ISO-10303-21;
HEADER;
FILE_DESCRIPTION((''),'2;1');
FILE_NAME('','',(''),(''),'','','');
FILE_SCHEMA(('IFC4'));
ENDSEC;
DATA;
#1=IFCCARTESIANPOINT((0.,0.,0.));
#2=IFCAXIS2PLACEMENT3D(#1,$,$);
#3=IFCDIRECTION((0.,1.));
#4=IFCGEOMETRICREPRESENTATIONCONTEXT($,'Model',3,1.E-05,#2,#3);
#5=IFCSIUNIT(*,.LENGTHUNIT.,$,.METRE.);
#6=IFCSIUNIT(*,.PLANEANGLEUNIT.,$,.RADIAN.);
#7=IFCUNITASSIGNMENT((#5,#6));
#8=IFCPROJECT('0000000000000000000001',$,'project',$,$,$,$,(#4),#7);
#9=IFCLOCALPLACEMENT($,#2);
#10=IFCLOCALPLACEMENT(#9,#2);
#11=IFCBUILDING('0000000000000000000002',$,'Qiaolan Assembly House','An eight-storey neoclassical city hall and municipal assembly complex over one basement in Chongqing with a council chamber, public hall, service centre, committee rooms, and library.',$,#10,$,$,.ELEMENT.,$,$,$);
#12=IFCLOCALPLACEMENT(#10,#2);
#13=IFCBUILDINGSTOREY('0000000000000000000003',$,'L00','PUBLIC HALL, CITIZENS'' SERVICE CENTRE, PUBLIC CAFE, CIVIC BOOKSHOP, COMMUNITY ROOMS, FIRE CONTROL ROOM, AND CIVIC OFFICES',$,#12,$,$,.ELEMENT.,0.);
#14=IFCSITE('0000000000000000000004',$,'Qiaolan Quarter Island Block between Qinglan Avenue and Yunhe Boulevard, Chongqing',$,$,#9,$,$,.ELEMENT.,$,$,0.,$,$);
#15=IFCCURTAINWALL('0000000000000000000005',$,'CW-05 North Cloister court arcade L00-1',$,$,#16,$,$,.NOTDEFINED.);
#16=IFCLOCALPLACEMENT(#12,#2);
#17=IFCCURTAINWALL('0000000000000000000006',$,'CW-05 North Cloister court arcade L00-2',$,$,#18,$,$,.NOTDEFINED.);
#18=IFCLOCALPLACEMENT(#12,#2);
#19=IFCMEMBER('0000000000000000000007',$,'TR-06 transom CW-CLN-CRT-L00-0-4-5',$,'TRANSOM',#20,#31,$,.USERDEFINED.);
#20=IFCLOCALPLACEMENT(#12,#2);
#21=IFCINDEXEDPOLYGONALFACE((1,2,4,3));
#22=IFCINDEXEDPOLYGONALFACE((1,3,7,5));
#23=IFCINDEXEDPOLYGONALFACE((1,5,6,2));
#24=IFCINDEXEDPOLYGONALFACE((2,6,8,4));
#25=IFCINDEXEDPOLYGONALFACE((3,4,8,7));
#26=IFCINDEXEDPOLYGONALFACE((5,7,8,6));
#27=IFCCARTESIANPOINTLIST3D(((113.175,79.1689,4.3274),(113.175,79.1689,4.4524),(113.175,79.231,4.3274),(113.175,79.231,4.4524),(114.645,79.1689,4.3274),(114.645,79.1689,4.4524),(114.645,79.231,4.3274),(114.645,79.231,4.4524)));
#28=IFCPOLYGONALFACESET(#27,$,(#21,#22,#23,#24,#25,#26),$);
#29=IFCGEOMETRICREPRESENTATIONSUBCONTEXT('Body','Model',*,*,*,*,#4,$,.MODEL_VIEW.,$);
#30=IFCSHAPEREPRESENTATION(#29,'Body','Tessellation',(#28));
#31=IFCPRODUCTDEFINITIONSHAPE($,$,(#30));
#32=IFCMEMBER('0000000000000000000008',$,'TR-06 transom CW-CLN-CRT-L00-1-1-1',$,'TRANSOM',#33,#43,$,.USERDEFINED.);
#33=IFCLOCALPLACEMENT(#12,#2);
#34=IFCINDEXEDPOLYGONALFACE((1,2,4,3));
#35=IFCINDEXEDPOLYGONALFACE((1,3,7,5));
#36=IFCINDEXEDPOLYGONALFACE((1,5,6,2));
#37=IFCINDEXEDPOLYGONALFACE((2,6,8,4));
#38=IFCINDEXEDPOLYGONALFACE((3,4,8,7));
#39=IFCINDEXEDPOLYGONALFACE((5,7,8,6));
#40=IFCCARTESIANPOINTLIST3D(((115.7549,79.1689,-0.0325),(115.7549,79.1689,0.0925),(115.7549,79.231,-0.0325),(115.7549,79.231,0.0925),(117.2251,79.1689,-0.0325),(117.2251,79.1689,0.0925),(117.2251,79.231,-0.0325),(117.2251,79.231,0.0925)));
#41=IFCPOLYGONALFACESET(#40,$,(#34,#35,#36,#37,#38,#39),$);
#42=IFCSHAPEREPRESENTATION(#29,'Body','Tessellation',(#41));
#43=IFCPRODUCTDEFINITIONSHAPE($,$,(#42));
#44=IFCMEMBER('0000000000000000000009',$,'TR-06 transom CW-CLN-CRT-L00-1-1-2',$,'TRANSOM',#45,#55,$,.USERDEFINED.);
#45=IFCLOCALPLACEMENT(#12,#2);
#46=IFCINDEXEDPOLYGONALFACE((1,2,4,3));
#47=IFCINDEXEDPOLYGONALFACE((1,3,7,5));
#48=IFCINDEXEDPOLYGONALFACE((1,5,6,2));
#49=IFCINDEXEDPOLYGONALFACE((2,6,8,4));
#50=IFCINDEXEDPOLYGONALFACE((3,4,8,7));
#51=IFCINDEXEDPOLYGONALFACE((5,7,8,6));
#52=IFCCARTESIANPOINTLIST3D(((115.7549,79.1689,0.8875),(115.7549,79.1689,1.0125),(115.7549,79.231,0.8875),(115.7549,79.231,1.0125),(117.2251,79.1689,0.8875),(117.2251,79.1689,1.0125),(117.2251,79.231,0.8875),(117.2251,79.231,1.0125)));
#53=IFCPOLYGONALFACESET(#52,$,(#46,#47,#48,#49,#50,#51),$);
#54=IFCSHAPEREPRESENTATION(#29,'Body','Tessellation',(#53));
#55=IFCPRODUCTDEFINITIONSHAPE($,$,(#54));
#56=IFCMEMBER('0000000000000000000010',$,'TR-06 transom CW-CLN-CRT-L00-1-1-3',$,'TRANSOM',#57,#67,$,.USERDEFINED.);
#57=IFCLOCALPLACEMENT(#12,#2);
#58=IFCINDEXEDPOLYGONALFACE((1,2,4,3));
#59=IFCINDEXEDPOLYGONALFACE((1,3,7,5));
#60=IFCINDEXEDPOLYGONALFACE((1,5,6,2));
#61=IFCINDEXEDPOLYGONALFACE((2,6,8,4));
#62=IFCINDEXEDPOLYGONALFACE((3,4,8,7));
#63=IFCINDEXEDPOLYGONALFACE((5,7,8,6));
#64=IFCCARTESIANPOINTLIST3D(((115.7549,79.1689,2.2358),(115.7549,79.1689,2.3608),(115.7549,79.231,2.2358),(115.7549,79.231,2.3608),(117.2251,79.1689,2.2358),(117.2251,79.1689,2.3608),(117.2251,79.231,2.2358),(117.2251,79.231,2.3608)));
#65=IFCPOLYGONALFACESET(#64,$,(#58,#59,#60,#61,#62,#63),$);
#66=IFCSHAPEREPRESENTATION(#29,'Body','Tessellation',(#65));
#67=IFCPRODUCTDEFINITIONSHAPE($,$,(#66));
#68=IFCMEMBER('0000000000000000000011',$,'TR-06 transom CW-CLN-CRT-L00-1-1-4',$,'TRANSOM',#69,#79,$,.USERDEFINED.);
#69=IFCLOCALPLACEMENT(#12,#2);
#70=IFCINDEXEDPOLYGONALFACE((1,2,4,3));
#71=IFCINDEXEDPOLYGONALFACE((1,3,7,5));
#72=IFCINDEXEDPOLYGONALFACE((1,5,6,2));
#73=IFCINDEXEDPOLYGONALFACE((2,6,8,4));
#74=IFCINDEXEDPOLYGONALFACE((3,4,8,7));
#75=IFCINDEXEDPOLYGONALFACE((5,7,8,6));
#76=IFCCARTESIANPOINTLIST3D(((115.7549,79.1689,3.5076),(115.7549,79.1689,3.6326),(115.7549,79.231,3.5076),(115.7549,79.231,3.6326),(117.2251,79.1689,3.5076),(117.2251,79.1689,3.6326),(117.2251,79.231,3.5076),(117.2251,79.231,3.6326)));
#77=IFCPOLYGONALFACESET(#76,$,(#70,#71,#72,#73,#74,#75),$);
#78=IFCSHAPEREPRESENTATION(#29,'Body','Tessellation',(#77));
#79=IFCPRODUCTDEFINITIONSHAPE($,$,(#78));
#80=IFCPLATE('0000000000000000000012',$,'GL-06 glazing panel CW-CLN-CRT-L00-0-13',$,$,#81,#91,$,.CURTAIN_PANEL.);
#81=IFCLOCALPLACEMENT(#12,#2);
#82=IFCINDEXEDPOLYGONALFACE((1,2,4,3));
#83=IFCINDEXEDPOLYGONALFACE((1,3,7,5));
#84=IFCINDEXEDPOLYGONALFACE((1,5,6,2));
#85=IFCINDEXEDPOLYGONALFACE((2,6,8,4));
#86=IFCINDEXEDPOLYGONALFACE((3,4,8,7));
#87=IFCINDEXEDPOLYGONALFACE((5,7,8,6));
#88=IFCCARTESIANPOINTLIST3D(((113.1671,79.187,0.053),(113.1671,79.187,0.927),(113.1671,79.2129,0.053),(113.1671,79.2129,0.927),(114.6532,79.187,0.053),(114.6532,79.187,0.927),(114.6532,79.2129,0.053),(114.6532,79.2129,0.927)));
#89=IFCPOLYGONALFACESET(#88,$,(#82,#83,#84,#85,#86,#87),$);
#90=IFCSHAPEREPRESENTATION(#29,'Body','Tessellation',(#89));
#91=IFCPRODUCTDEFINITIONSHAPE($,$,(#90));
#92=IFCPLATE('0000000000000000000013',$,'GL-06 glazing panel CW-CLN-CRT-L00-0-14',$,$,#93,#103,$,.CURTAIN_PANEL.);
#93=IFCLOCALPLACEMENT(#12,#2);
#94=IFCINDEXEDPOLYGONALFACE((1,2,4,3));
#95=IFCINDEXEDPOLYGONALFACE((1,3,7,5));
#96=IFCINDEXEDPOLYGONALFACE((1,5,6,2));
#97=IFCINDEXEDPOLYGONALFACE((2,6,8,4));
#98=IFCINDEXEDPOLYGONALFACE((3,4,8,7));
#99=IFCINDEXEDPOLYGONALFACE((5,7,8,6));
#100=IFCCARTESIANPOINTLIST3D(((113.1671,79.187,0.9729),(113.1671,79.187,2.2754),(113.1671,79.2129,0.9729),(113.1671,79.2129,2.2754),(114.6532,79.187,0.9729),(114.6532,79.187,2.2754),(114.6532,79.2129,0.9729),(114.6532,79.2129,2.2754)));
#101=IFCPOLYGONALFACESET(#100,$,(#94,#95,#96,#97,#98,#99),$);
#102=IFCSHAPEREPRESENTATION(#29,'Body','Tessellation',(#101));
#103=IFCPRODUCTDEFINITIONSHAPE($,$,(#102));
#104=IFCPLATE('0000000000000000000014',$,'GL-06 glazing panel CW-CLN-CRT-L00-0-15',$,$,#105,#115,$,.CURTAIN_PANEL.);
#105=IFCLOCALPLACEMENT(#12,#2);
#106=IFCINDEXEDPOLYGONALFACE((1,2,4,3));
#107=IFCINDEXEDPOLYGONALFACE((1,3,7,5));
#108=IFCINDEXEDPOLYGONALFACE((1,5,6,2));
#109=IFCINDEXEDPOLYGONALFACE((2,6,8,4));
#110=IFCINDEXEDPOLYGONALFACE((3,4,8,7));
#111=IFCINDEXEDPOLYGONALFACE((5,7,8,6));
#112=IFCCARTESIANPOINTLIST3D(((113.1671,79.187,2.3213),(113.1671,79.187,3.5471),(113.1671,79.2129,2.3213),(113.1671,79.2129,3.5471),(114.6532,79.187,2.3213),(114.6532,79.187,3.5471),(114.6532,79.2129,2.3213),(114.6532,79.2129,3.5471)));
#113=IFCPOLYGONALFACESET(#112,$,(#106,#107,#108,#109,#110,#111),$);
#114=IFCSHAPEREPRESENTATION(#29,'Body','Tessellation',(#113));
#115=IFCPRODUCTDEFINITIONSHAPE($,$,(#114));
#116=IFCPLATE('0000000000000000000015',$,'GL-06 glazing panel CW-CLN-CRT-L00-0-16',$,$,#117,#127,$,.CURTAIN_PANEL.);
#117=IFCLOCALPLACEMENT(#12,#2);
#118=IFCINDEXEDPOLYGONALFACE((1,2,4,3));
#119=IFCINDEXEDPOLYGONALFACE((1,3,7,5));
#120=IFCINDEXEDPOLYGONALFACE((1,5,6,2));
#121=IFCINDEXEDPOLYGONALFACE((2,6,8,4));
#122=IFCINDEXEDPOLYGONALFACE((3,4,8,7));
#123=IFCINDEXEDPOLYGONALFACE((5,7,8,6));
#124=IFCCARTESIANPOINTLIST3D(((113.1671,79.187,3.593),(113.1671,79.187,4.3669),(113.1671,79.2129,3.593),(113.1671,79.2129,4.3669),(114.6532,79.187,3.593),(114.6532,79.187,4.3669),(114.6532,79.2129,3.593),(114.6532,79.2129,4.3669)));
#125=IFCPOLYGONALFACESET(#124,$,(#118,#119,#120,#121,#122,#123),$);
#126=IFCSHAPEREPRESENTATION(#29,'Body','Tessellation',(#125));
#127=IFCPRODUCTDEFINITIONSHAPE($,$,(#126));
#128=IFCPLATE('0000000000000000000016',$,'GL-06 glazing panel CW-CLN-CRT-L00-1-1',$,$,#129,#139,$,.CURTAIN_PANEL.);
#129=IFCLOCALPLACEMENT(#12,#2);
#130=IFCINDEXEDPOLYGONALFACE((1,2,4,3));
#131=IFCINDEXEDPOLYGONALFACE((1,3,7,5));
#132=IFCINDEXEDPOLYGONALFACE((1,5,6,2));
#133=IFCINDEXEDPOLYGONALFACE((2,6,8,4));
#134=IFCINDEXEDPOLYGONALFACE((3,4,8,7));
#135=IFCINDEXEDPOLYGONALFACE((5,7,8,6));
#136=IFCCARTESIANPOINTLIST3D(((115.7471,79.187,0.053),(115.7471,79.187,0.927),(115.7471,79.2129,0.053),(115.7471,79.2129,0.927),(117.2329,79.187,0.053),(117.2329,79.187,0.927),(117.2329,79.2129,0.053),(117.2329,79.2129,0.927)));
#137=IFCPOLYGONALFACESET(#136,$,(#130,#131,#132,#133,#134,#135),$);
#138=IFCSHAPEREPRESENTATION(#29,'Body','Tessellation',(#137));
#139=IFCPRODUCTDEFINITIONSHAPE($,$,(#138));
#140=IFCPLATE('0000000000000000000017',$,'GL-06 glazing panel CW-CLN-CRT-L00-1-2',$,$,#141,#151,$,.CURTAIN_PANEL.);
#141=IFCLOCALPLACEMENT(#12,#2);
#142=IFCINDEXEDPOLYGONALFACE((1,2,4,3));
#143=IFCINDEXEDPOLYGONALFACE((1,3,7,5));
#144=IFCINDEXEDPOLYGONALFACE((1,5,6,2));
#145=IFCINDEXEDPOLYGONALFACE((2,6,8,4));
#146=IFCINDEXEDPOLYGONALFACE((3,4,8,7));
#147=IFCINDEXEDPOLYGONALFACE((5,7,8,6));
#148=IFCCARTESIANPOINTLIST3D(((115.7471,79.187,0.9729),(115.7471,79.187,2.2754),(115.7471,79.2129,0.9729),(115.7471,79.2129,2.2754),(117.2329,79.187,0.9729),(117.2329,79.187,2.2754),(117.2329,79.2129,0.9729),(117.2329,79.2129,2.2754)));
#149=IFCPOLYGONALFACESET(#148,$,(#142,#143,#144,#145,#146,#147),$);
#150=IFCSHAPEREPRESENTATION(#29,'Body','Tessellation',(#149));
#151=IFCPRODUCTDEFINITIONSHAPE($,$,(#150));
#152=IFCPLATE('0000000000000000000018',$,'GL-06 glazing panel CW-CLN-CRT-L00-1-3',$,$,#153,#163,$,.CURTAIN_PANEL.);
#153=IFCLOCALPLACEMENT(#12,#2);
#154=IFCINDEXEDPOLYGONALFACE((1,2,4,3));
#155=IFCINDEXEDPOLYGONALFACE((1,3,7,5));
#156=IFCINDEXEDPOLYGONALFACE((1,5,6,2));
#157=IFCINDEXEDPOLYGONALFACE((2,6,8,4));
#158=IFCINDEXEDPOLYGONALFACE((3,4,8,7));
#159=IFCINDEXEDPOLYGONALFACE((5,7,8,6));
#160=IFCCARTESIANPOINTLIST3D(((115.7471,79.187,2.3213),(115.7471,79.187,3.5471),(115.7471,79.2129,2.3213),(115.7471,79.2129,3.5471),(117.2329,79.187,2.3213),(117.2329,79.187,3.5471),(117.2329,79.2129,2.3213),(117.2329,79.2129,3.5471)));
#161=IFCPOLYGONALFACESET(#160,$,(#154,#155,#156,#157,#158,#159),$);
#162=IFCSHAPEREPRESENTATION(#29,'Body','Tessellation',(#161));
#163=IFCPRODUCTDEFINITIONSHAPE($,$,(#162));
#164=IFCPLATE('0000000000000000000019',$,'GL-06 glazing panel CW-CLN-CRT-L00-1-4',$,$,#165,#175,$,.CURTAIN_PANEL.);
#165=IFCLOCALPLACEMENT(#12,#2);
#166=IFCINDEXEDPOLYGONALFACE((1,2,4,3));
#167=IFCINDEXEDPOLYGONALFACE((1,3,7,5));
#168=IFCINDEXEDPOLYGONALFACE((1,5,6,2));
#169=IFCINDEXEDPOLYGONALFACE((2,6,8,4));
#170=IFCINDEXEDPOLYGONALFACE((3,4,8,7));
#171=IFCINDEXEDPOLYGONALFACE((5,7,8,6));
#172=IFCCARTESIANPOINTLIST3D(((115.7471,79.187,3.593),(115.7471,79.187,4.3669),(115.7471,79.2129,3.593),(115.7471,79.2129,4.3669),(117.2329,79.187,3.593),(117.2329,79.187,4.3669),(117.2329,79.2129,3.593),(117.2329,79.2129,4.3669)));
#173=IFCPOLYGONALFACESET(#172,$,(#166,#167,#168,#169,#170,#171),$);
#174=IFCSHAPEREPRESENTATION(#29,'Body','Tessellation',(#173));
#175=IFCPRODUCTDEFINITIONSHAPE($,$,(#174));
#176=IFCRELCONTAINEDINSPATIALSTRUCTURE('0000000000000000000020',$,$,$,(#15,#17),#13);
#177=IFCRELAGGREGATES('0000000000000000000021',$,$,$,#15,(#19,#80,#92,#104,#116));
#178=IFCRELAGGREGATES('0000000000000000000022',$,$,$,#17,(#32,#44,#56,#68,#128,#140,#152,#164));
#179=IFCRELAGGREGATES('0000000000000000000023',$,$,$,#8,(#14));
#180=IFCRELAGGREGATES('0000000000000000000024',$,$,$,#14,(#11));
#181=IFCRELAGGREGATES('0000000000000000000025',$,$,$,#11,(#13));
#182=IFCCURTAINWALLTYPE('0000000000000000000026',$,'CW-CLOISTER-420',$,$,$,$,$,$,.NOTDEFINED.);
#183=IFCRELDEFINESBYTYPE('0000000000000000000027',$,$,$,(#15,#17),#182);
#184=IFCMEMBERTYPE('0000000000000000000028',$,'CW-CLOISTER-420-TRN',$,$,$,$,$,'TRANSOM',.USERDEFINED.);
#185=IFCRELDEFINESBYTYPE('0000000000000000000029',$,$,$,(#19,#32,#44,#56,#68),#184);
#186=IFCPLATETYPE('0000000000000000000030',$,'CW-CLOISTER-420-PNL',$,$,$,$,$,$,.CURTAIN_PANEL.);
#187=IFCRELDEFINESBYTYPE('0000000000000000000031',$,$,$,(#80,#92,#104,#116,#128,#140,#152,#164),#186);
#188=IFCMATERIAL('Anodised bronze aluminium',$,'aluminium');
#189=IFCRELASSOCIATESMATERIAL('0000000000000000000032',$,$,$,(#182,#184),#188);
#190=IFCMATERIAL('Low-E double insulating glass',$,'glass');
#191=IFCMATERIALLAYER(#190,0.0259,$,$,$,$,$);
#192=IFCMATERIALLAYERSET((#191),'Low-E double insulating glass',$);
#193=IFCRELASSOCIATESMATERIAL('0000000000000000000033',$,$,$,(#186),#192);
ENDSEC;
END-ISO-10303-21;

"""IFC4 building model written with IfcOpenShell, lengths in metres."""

from ifc_helpers import new_model, si_unit, direction, frame, frame_2d, origin, origin_2d, place, context, subcontext, project, spatial, rectangle, extrude, material, layer, layer_set, material_profile, profile_set, type_object, element, aggregate, save


model = new_model("IFC4")

# Units and contexts
model_context = context("Model", 3, precision=1e-05, world=origin(), true_north=direction((0.0, 1.0)))
body_context = subcontext(model_context, "Body", "Model", "MODEL_VIEW")
ifc_project = project(units=[si_unit("LENGTHUNIT", "METRE"), si_unit("PLANEANGLEUNIT", "RADIAN")], contexts=[model_context])

# Site, building, storey
site_placement = place(None, origin())
site = spatial("IfcSite", under=ifc_project, at=site_placement, Name="Qiaolan Quarter Island Block between Qinglan Avenue and Yunhe Boulevard, Chongqing", CompositionType="ELEMENT", RefElevation=0.0)
building_placement = place(site_placement, origin())
building = spatial("IfcBuilding", under=site, at=building_placement, Name="Qiaolan Assembly House", Description="An eight-storey neoclassical city hall and municipal assembly complex over one basement in Chongqing with a council chamber, public hall, service centre, committee rooms, and library.", CompositionType="ELEMENT")
storey_placement = place(building_placement, origin())
storey = spatial("IfcBuildingStorey", under=building, at=storey_placement, Name="L00", Description="PUBLIC HALL, CITIZENS' SERVICE CENTRE, PUBLIC CAFE, CIVIC BOOKSHOP, COMMUNITY ROOMS, FIRE CONTROL ROOM, AND CIVIC OFFICES", CompositionType="ELEMENT", Elevation=0.0)

# Curtain wall
ifc_material_1 = material(Name="Anodised bronze aluminium", Category="aluminium")
curtain_wall_type = type_object("IfcCurtainWallType", Name="CW-CLOISTER-420", PredefinedType="NOTDEFINED", material=ifc_material_1)
curtain_wall_1_placement = place(storey_placement, origin())
curtain_wall_1 = element("IfcCurtainWall", 1, at=curtain_wall_1_placement, inside=storey, type_object=curtain_wall_type, Name="CW-05 North Cloister court arcade L00-1", PredefinedType="NOTDEFINED")

# Curtain wall
curtain_wall_2_placement = place(storey_placement, origin())
curtain_wall_2 = element("IfcCurtainWall", 2, at=curtain_wall_2_placement, inside=storey, type_object=curtain_wall_type, Name="CW-05 North Cloister court arcade L00-2", PredefinedType="NOTDEFINED")

# Members
ifc_material_profile_1 = material_profile(ifc_material_1, rectangle(XDim=0.062, YDim=0.125, at=origin_2d()), Name="TRN 62x125")
ifc_profile_set_1 = profile_set([ifc_material_profile_1], Name="Anodised bronze aluminium")
member_type_1 = type_object("IfcMemberType", Name="CW-CLOISTER-420-TRN", ElementType="TRANSOM", PredefinedType="USERDEFINED", material=ifc_profile_set_1)
member_1_placement = place(storey_placement, frame((113.175, 79.2, 4.3899), z_axis=(1.0, 0.0, 0.0), x_axis=(0.0, 1.0, 0.0)))
member_1 = element("IfcMember", 3, at=member_1_placement, type_object=member_type_1, Name="TR-06 transom CW-CLN-CRT-L00-0-4-5", ObjectType="TRANSOM", PredefinedType="USERDEFINED", context=body_context, shape_type="SweptSolid", body=[
    extrude(rectangle(XDim=0.062, YDim=0.125, at=origin_2d()), origin(), (0.0, 0.0, 1.0), 1.47),
])
member_2_placement = place(storey_placement, frame((115.7549, 79.2, 0.03), z_axis=(1.0, 0.0, 0.0), x_axis=(0.0, 1.0, 0.0)))
member_2 = element("IfcMember", 4, at=member_2_placement, type_object=member_type_1, Name="TR-06 transom CW-CLN-CRT-L00-1-1-1", ObjectType="TRANSOM", PredefinedType="USERDEFINED", context=body_context, shape_type="SweptSolid", body=[
    extrude(rectangle(XDim=0.062, YDim=0.125, at=origin_2d()), origin(), (0.0, 0.0, 1.0), 1.4702),
])
member_3_placement = place(storey_placement, frame((115.7549, 79.2, 0.95), z_axis=(1.0, 0.0, 0.0), x_axis=(0.0, 1.0, 0.0)))
member_3 = element("IfcMember", 5, at=member_3_placement, type_object=member_type_1, Name="TR-06 transom CW-CLN-CRT-L00-1-1-2", ObjectType="TRANSOM", PredefinedType="USERDEFINED", context=body_context, shape_type="SweptSolid", body=[
    extrude(rectangle(XDim=0.062, YDim=0.125, at=origin_2d()), origin(), (0.0, 0.0, 1.0), 1.4702),
])
member_4_placement = place(storey_placement, frame((115.7549, 79.2, 2.2983), z_axis=(1.0, 0.0, 0.0), x_axis=(0.0, 1.0, 0.0)))
member_4 = element("IfcMember", 6, at=member_4_placement, type_object=member_type_1, Name="TR-06 transom CW-CLN-CRT-L00-1-1-3", ObjectType="TRANSOM", PredefinedType="USERDEFINED", context=body_context, shape_type="SweptSolid", body=[
    extrude(rectangle(XDim=0.062, YDim=0.125, at=origin_2d()), origin(), (0.0, 0.0, 1.0), 1.4702),
])
member_5_placement = place(storey_placement, frame((115.7549, 79.2, 3.5701), z_axis=(1.0, 0.0, 0.0), x_axis=(0.0, 1.0, 0.0)))
member_5 = element("IfcMember", 7, at=member_5_placement, type_object=member_type_1, Name="TR-06 transom CW-CLN-CRT-L00-1-1-4", ObjectType="TRANSOM", PredefinedType="USERDEFINED", context=body_context, shape_type="SweptSolid", body=[
    extrude(rectangle(XDim=0.062, YDim=0.125, at=origin_2d()), origin(), (0.0, 0.0, 1.0), 1.4702),
])

# Plates
ifc_material_2 = material(Name="Low-E double insulating glass", Category="glass")
ifc_layer = layer(ifc_material_2, 0.0259)
ifc_layer_set = layer_set([ifc_layer], Name="Low-E double insulating glass")
plate_type = type_object("IfcPlateType", Name="CW-CLOISTER-420-PNL", PredefinedType="CURTAIN_PANEL", material=ifc_layer_set)
plate_1_placement = place(storey_placement, frame((113.167, 79.2, 0.053), z_axis=(0.0, 0.0, 1.0), x_axis=(1.0, 0.0, 0.0)))
plate_1 = element("IfcPlate", 8, at=plate_1_placement, type_object=plate_type, Name="GL-06 glazing panel CW-CLN-CRT-L00-0-13", PredefinedType="CURTAIN_PANEL", context=body_context, shape_type="SweptSolid", body=[
    extrude(rectangle(XDim=1.4861, YDim=0.0259, at=frame_2d((0.7432, 0.0))), origin(), (0.0, 0.0, 1.0), 0.874),
])
plate_2_placement = place(storey_placement, frame((113.167, 79.2, 0.9729), z_axis=(0.0, 0.0, 1.0), x_axis=(1.0, 0.0, 0.0)))
plate_2 = element("IfcPlate", 9, at=plate_2_placement, type_object=plate_type, Name="GL-06 glazing panel CW-CLN-CRT-L00-0-14", PredefinedType="CURTAIN_PANEL", context=body_context, shape_type="SweptSolid", body=[
    extrude(rectangle(XDim=1.4861, YDim=0.0259, at=frame_2d((0.7432, 0.0))), origin(), (0.0, 0.0, 1.0), 1.3025),
])
plate_3_placement = place(storey_placement, frame((113.167, 79.2, 2.3213), z_axis=(0.0, 0.0, 1.0), x_axis=(1.0, 0.0, 0.0)))
plate_3 = element("IfcPlate", 10, at=plate_3_placement, type_object=plate_type, Name="GL-06 glazing panel CW-CLN-CRT-L00-0-15", PredefinedType="CURTAIN_PANEL", context=body_context, shape_type="SweptSolid", body=[
    extrude(rectangle(XDim=1.4861, YDim=0.0259, at=frame_2d((0.7432, 0.0))), origin(), (0.0, 0.0, 1.0), 1.2258),
])
plate_4_placement = place(storey_placement, frame((113.167, 79.2, 3.593), z_axis=(0.0, 0.0, 1.0), x_axis=(1.0, 0.0, 0.0)))
plate_4 = element("IfcPlate", 11, at=plate_4_placement, type_object=plate_type, Name="GL-06 glazing panel CW-CLN-CRT-L00-0-16", PredefinedType="CURTAIN_PANEL", context=body_context, shape_type="SweptSolid", body=[
    extrude(rectangle(XDim=1.4861, YDim=0.0259, at=frame_2d((0.7432, 0.0))), origin(), (0.0, 0.0, 1.0), 0.7739),
])
aggregate(curtain_wall_1, [member_1, plate_1, plate_2, plate_3, plate_4])
plate_5_placement = place(storey_placement, frame((115.7471, 79.2, 0.053), z_axis=(0.0, 0.0, 1.0), x_axis=(1.0, 0.0, 0.0)))
plate_5 = element("IfcPlate", 12, at=plate_5_placement, type_object=plate_type, Name="GL-06 glazing panel CW-CLN-CRT-L00-1-1", PredefinedType="CURTAIN_PANEL", context=body_context, shape_type="SweptSolid", body=[
    extrude(rectangle(XDim=1.4858, YDim=0.0259, at=frame_2d((0.7429, 0.0))), origin(), (0.0, 0.0, 1.0), 0.874),
])
plate_6_placement = place(storey_placement, frame((115.7471, 79.2, 0.9729), z_axis=(0.0, 0.0, 1.0), x_axis=(1.0, 0.0, 0.0)))
plate_6 = element("IfcPlate", 13, at=plate_6_placement, type_object=plate_type, Name="GL-06 glazing panel CW-CLN-CRT-L00-1-2", PredefinedType="CURTAIN_PANEL", context=body_context, shape_type="SweptSolid", body=[
    extrude(rectangle(XDim=1.4858, YDim=0.0259, at=frame_2d((0.7429, 0.0))), origin(), (0.0, 0.0, 1.0), 1.3025),
])
plate_7_placement = place(storey_placement, frame((115.7471, 79.2, 2.3213), z_axis=(0.0, 0.0, 1.0), x_axis=(1.0, 0.0, 0.0)))
plate_7 = element("IfcPlate", 14, at=plate_7_placement, type_object=plate_type, Name="GL-06 glazing panel CW-CLN-CRT-L00-1-3", PredefinedType="CURTAIN_PANEL", context=body_context, shape_type="SweptSolid", body=[
    extrude(rectangle(XDim=1.4858, YDim=0.0259, at=frame_2d((0.7429, 0.0))), origin(), (0.0, 0.0, 1.0), 1.2258),
])
plate_8_placement = place(storey_placement, frame((115.7471, 79.2, 3.593), z_axis=(0.0, 0.0, 1.0), x_axis=(1.0, 0.0, 0.0)))
plate_8 = element("IfcPlate", 15, at=plate_8_placement, type_object=plate_type, Name="GL-06 glazing panel CW-CLN-CRT-L00-1-4", PredefinedType="CURTAIN_PANEL", context=body_context, shape_type="SweptSolid", body=[
    extrude(rectangle(XDim=1.4858, YDim=0.0259, at=frame_2d((0.7429, 0.0))), origin(), (0.0, 0.0, 1.0), 0.7739),
])
aggregate(curtain_wall_2, [member_2, member_3, member_4, member_5, plate_5, plate_6, plate_7, plate_8])

save(model, "model.ifc")
